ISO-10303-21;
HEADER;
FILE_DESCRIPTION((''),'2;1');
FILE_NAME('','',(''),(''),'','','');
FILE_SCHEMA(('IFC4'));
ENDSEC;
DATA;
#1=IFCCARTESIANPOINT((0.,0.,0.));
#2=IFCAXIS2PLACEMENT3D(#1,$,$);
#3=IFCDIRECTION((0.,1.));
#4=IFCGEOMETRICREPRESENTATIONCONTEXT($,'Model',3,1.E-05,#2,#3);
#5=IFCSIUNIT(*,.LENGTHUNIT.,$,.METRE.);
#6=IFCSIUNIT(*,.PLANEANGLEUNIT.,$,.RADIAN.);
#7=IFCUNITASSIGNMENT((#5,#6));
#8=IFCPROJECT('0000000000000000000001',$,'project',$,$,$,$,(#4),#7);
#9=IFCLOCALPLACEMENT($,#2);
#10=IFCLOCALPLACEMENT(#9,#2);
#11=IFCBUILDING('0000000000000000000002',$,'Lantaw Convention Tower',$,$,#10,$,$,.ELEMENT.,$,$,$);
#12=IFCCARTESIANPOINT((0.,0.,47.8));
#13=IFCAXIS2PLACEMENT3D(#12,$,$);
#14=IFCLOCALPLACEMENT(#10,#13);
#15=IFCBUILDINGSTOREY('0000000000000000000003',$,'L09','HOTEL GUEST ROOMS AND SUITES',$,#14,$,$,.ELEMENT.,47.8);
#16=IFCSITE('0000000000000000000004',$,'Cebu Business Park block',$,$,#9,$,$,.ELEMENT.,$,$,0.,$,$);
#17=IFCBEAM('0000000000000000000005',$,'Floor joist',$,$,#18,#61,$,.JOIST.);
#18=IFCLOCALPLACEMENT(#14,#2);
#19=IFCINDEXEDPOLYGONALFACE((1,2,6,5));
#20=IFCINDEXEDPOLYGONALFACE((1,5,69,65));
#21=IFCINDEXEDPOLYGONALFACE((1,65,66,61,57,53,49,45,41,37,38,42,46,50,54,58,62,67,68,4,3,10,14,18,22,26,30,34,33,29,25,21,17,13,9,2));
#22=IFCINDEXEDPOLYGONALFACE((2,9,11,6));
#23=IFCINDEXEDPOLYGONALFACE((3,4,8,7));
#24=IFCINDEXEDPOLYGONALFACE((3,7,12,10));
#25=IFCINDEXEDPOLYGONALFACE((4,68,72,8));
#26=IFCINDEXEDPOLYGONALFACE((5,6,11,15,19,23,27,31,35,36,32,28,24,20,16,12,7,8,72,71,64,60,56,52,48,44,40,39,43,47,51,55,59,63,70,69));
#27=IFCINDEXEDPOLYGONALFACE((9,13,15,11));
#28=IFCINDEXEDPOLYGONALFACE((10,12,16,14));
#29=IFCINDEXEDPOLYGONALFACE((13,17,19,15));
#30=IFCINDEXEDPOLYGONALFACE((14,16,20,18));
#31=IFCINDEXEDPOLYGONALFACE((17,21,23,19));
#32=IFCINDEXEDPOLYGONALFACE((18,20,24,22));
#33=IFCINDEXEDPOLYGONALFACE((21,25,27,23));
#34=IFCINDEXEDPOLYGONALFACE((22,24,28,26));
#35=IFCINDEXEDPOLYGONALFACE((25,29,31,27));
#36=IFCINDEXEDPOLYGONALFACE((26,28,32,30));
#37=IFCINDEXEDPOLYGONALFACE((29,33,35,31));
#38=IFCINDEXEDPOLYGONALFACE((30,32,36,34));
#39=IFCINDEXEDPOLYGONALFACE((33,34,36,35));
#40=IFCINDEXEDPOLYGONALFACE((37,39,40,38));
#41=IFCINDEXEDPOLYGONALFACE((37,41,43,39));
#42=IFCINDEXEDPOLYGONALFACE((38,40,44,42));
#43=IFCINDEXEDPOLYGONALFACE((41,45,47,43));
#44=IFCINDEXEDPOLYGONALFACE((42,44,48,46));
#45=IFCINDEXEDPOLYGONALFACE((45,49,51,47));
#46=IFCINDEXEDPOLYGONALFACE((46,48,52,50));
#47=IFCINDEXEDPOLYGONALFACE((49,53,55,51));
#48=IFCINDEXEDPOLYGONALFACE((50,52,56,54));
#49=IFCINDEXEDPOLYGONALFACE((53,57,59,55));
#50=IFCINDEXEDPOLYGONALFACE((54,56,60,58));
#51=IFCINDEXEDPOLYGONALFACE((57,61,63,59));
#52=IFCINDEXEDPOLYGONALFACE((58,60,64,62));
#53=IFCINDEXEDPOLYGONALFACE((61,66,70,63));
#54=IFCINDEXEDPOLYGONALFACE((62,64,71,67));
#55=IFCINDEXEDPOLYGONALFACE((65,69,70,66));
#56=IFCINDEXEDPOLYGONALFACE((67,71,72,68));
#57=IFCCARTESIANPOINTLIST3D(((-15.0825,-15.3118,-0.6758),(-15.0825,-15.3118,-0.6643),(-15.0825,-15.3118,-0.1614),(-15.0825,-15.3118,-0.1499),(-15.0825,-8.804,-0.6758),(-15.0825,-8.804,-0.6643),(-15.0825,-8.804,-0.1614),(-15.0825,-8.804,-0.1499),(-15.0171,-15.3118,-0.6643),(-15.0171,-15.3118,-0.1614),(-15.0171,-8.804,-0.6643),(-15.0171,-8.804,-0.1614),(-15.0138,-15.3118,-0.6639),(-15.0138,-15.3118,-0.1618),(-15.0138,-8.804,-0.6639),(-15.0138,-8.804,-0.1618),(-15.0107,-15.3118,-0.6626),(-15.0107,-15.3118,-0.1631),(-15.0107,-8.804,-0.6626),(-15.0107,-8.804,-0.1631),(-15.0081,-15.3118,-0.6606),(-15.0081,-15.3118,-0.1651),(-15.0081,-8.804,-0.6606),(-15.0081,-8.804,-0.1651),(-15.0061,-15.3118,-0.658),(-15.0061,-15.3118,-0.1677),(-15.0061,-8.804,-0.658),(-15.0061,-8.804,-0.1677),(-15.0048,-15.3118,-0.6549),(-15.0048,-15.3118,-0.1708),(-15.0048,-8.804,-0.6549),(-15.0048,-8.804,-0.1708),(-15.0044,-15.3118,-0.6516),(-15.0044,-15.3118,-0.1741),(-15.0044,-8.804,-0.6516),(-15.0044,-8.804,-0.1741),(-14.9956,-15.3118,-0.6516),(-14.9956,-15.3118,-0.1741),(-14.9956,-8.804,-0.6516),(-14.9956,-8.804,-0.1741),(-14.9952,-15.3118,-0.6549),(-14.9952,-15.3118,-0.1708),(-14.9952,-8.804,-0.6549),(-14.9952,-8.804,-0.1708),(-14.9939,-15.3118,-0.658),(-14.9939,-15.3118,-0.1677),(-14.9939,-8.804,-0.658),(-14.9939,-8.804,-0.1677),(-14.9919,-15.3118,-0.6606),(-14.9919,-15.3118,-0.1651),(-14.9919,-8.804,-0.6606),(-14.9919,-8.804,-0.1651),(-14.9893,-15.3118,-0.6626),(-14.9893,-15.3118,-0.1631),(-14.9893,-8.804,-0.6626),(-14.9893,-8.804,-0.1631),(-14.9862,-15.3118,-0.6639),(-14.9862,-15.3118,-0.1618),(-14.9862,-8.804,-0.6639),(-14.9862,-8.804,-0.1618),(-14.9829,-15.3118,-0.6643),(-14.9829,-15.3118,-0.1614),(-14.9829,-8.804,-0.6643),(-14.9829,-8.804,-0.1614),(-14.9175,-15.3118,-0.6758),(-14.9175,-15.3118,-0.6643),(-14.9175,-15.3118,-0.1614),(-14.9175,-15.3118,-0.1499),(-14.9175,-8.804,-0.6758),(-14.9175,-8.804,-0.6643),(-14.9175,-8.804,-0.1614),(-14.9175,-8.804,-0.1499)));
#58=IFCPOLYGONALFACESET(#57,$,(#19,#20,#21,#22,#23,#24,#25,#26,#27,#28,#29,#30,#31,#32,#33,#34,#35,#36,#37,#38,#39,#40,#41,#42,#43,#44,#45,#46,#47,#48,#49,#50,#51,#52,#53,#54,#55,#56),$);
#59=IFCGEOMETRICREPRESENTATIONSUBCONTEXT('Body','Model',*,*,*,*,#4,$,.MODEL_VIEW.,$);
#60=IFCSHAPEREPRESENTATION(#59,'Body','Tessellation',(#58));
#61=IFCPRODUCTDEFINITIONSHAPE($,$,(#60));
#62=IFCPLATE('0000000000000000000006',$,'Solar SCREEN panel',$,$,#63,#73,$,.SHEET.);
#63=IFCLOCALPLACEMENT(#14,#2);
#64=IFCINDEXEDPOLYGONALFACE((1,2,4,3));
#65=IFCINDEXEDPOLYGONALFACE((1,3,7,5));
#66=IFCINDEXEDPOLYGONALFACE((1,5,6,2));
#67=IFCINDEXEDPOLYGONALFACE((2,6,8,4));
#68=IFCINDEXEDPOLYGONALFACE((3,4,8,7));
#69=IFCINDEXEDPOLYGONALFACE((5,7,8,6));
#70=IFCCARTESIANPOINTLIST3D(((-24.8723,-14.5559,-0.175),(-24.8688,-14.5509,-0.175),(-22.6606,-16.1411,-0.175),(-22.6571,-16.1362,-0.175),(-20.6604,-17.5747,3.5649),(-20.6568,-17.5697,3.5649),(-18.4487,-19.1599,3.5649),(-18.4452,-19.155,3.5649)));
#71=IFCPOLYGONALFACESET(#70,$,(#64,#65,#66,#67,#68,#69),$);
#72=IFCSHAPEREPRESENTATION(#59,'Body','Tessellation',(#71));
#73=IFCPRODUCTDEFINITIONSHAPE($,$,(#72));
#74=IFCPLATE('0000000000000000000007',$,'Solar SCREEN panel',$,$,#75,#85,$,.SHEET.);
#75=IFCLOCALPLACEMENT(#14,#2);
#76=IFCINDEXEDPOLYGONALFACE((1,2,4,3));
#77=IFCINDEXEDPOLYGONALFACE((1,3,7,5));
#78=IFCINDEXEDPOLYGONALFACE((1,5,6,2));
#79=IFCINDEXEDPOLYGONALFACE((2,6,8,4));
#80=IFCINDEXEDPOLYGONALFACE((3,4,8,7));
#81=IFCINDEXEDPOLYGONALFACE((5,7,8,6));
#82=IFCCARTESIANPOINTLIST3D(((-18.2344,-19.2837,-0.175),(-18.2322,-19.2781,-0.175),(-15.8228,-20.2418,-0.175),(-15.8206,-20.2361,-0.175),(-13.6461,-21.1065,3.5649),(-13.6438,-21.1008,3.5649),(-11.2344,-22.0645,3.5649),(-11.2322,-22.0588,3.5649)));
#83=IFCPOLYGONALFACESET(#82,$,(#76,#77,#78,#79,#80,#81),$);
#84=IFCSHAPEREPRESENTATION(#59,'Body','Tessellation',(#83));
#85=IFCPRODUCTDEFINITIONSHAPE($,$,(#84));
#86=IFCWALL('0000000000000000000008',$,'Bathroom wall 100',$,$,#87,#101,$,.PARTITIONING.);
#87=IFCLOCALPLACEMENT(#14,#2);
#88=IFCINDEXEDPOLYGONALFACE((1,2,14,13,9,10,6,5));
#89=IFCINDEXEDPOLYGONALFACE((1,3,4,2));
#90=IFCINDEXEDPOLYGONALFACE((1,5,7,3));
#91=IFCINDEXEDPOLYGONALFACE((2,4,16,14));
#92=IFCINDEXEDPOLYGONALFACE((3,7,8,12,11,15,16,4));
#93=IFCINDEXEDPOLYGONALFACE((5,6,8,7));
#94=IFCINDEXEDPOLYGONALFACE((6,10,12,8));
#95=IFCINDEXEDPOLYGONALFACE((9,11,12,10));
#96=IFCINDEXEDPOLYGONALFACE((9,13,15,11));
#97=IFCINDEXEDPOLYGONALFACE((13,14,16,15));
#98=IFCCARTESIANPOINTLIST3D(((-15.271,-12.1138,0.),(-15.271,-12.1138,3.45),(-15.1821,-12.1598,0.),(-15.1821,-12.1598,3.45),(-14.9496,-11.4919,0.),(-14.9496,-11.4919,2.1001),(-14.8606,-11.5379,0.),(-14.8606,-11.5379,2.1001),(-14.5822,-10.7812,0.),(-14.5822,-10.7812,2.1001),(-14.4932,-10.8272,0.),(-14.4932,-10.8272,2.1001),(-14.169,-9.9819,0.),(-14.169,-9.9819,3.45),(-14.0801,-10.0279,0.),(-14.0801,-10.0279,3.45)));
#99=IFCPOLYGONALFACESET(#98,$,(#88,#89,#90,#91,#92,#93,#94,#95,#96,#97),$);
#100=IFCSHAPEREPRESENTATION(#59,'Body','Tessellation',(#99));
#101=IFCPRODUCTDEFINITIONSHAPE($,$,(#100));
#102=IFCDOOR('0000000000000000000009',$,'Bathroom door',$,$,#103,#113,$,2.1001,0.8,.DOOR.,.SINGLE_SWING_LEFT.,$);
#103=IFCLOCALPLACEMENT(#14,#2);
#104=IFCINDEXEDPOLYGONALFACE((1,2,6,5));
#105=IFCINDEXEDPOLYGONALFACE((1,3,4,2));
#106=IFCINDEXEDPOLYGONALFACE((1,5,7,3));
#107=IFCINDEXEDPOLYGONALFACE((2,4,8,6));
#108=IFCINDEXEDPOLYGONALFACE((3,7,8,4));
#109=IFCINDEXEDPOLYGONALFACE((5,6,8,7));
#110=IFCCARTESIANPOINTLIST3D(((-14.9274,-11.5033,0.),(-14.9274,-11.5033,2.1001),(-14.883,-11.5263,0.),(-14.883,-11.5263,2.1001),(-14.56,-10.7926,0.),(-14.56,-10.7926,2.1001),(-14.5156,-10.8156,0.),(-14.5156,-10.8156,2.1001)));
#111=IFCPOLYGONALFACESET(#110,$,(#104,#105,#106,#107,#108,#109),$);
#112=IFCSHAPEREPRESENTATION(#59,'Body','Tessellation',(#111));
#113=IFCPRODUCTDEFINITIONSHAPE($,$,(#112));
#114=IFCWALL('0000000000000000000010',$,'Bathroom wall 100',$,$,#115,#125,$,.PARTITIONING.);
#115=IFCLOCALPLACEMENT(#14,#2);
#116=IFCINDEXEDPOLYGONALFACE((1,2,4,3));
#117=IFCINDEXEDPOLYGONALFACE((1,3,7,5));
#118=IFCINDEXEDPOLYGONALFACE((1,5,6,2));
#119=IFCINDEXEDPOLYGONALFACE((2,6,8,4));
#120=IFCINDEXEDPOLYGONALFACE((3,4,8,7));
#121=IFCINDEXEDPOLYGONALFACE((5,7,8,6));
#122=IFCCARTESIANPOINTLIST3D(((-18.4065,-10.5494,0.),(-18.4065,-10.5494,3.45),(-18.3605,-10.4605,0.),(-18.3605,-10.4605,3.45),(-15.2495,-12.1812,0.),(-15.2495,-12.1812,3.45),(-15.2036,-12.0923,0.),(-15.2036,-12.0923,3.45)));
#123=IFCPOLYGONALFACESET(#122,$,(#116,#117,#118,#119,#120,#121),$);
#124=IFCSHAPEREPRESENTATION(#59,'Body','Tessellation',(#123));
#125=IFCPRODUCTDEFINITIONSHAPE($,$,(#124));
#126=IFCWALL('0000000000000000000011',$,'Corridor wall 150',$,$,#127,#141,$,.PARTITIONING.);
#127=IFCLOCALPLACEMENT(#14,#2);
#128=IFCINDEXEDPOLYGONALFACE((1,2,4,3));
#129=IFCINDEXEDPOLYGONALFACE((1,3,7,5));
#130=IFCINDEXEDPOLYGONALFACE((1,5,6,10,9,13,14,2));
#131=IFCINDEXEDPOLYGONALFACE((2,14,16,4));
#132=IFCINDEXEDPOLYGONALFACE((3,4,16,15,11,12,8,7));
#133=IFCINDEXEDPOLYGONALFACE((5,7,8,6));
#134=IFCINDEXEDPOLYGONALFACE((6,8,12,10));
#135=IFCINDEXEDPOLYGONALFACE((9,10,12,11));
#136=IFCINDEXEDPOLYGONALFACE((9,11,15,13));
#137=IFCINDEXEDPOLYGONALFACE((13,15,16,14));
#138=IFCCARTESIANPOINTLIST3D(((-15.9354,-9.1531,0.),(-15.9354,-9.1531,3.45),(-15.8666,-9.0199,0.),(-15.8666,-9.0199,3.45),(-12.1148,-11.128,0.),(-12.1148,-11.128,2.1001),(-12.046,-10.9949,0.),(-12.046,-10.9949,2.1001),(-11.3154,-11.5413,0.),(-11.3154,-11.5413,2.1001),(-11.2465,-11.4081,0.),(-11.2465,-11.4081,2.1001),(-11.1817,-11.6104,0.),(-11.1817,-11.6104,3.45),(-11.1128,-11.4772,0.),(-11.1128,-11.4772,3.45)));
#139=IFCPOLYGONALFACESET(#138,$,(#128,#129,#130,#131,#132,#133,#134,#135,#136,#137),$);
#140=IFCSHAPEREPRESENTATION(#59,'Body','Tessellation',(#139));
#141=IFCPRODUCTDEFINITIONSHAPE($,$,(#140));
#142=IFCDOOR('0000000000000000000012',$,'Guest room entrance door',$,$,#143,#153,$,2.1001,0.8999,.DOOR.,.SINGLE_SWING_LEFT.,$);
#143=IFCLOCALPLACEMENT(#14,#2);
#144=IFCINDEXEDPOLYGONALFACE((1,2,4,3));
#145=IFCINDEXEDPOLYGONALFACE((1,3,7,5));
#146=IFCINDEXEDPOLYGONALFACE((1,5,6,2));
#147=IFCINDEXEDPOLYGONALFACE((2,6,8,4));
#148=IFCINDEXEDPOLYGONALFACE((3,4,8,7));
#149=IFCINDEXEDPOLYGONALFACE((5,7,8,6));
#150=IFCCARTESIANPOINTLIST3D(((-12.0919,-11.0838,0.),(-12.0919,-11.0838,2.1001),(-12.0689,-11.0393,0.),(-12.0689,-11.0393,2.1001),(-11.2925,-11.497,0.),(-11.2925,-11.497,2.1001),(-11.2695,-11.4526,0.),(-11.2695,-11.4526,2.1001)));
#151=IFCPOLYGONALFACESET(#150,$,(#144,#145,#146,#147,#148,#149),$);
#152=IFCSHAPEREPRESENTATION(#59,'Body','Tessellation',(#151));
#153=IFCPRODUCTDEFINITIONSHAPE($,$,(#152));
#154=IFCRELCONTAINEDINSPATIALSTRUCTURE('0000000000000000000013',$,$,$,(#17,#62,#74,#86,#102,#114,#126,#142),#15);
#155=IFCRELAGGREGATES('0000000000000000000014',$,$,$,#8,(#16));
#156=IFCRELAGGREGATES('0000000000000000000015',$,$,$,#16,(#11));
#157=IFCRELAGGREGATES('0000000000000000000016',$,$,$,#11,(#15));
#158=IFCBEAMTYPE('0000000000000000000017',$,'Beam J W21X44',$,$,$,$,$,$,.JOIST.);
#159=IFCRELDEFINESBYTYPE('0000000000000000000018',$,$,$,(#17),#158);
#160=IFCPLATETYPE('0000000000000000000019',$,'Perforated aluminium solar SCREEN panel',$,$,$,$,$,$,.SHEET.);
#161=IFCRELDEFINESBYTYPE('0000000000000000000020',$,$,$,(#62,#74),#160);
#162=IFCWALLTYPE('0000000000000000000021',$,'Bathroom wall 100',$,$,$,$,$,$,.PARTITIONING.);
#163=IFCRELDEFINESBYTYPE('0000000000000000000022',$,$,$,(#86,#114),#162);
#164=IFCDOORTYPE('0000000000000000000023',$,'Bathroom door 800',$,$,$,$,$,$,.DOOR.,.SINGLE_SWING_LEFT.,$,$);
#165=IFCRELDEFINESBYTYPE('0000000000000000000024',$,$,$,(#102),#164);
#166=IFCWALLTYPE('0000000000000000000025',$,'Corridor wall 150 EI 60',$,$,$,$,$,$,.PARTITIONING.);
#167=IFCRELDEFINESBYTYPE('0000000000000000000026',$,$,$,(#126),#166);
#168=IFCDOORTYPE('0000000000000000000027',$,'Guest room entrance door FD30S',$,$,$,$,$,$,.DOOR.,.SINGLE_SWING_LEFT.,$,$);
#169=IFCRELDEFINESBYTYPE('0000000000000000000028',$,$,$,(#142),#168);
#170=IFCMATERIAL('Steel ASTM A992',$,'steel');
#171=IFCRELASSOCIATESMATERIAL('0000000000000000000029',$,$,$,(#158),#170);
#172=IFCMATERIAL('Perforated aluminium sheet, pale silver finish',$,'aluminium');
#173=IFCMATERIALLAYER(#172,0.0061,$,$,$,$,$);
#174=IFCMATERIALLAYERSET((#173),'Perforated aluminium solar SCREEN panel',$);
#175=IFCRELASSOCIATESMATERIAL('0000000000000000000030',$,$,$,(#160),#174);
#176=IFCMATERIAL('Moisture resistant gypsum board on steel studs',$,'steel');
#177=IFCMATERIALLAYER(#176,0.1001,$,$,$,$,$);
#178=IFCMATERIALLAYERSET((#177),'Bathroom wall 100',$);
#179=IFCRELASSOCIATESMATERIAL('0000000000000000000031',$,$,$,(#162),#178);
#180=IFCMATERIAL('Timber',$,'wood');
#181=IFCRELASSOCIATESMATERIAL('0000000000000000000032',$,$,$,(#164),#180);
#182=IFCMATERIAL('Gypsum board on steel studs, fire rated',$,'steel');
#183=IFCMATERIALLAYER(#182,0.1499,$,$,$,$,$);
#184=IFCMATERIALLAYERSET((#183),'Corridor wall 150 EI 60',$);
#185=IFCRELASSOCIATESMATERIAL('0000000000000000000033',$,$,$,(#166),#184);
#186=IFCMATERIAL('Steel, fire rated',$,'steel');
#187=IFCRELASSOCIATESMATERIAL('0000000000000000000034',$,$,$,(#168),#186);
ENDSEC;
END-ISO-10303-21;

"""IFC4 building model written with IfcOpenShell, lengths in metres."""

from ifc_helpers import new_model, si_unit, direction, frame, frame_2d, origin, origin_2d, place, context, subcontext, project, spatial, polyline, rectangle, i_section, outline, extrude, material, layer, layer_set, material_profile, profile_set, type_object, element, fill, save


model = new_model("IFC4")

# Units and contexts
model_context = context("Model", 3, precision=1e-05, world=origin(), true_north=direction((0.0, 1.0)))
body_context = subcontext(model_context, "Body", "Model", "MODEL_VIEW")
ifc_project = project(units=[si_unit("LENGTHUNIT", "METRE"), si_unit("PLANEANGLEUNIT", "RADIAN")], contexts=[model_context])

# Site, building, storey
site_placement = place(None, origin())
site = spatial("IfcSite", under=ifc_project, at=site_placement, Name="Cebu Business Park block", CompositionType="ELEMENT", RefElevation=0.0)
building_placement = place(site_placement, origin())
building = spatial("IfcBuilding", under=site, at=building_placement, Name="Lantaw Convention Tower", CompositionType="ELEMENT")
storey_placement = place(building_placement, frame((0.0, 0.0, 47.8)))
storey = spatial("IfcBuildingStorey", under=building, at=storey_placement, Name="L09", Description="HOTEL GUEST ROOMS AND SUITES", CompositionType="ELEMENT", Elevation=47.8)

# Beam
ifc_material_1 = material(Name="Steel ASTM A992", Category="steel")
ifc_material_profile_1 = material_profile(ifc_material_1, i_section(OverallWidth=0.165, OverallDepth=0.5259, WebThickness=0.0088, FlangeThickness=0.0115, FilletRadius=0.0127, at=origin_2d()), Name="W21X44")
ifc_profile_set_1 = profile_set([ifc_material_profile_1], Name="Steel ASTM A992")
beam_type_1 = type_object("IfcBeamType", Name="Beam J W21X44", PredefinedType="JOIST", material=ifc_profile_set_1)
beam_1_placement = place(storey_placement, frame((-15.0, -15.3118, -0.4128), z_axis=(0.0, 1.0, 0.0), x_axis=(-1.0, 0.0, 0.0)))
element("IfcBeam", 1, at=beam_1_placement, inside=storey, type_object=beam_type_1, Name="Floor joist", PredefinedType="JOIST", context=body_context, shape_type="SweptSolid", body=[
    extrude(i_section(OverallWidth=0.165, OverallDepth=0.5259, WebThickness=0.0088, FlangeThickness=0.0115, FilletRadius=0.0127, at=origin_2d()), origin(), (0.0, 0.0, 1.0), 6.5078),
])

# Plates
ifc_material_2 = material(Name="Perforated aluminium sheet, pale silver finish", Category="aluminium")
ifc_layer_1 = layer(ifc_material_2, 0.0061)
ifc_layer_set_1 = layer_set([ifc_layer_1], Name="Perforated aluminium solar SCREEN panel")
plate_type = type_object("IfcPlateType", Name="Perforated aluminium solar SCREEN panel", PredefinedType="SHEET", material=ifc_layer_set_1)
plate_1_placement = place(storey_placement, frame((-24.8723, -14.5559, -0.175), z_axis=(-0.582561, -0.812787, 0.000016), x_axis=(0.812787, -0.582561, 0.0)))
element("IfcPlate", 2, at=plate_1_placement, inside=storey, type_object=plate_type, Name="Solar SCREEN panel", PredefinedType="SHEET", context=body_context, shape_type="SweptSolid", body=[
    extrude(outline(polyline([(0.0, 0.0), (2.7211, 0.0), (7.9031, 3.74), (5.182, 3.74), (0.0, 0.0)])), origin(), (0.0, 0.0, -1.0), 0.0061),
])
plate_2_placement = place(storey_placement, frame((-18.2322, -19.2781, -0.175), z_axis=(0.369184, 0.929357, 0.000009), x_axis=(0.929357, -0.369184, 0.0)))
element("IfcPlate", 3, at=plate_2_placement, inside=storey, type_object=plate_type, Name="Solar SCREEN panel", PredefinedType="SHEET", context=body_context, shape_type="SweptSolid", body=[
    extrude(outline(polyline([(0.0, 0.0), (2.5949, 0.0), (7.5321, -3.74), (4.9372, -3.74), (0.0, 0.0)])), origin(), (0.0, 0.0, -1.0), 0.0061),
])

# Wall, opening, door
ifc_material_3 = material(Name="Moisture resistant gypsum board on steel studs", Category="steel")
ifc_layer_2 = layer(ifc_material_3, 0.1001)
ifc_layer_set_2 = layer_set([ifc_layer_2], Name="Bathroom wall 100")
wall_type_1 = type_object("IfcWallType", Name="Bathroom wall 100", PredefinedType="PARTITIONING", material=ifc_layer_set_2)
wall_1_placement = place(storey_placement, frame((-14.1245, -10.0049, 0.0), z_axis=(0.0, 0.0, 1.0), x_axis=(-0.459218, -0.888324, 0.0)))
wall_1 = element("IfcWall", 4, at=wall_1_placement, inside=storey, type_object=wall_type_1, Name="Bathroom wall 100", PredefinedType="PARTITIONING", context=body_context, shape_type="SweptSolid", body=[
    extrude(rectangle(XDim=2.3999, YDim=0.1001, at=frame_2d((1.2, 0.0))), origin(), (0.0, 0.0, 1.0), 3.45),
])
opening_1_placement = place(wall_1_placement, frame((0.8999, 0.0, 0.0)))
opening_1 = element("IfcOpeningElement", 5, at=opening_1_placement, cuts=wall_1, PredefinedType="OPENING", context=body_context, shape_type="SweptSolid", body=[
    extrude(rectangle(XDim=0.8, YDim=2.1001, at=frame_2d((0.3999, 1.05))), frame((0.0, 0.0601, 0.0), z_axis=(0.0, -1.0, 0.0), x_axis=(1.0, 0.0, 0.0)), (0.0, 0.0, 1.0), 0.1201),
])
ifc_material_4 = material(Name="Timber", Category="wood")
door_type_1 = type_object("IfcDoorType", Name="Bathroom door 800", OperationType="SINGLE_SWING_LEFT", PredefinedType="DOOR", material=ifc_material_4)
door_1_placement = place(opening_1_placement, origin())
door_1 = element("IfcDoor", 6, at=door_1_placement, inside=storey, type_object=door_type_1, Name="Bathroom door", OperationType="SINGLE_SWING_LEFT", OverallHeight=2.1001, OverallWidth=0.8, PredefinedType="DOOR", context=body_context, shape_type="SweptSolid", body=[
    extrude(rectangle(XDim=0.8, YDim=2.1001, at=frame_2d((0.3999, 1.05))), frame((0.0, 0.0249, 0.0), z_axis=(0.0, -1.0, 0.0), x_axis=(1.0, 0.0, 0.0)), (0.0, 0.0, 1.0), 0.05),
])
fill(opening_1, door_1)

# Wall
wall_2_placement = place(storey_placement, frame((-15.2266, -12.1367, 0.0), z_axis=(0.0, 0.0, 1.0), x_axis=(-0.888342, 0.459182, 0.0)))
element("IfcWall", 7, at=wall_2_placement, inside=storey, type_object=wall_type_1, Name="Bathroom wall 100", PredefinedType="PARTITIONING", context=body_context, shape_type="SweptSolid", body=[
    extrude(rectangle(XDim=3.5537, YDim=0.1001, at=frame_2d((1.7769, 0.0))), origin(), (0.0, 0.0, 1.0), 3.45),
])

# Wall, opening, door
ifc_material_5 = material(Name="Gypsum board on steel studs, fire rated", Category="steel")
ifc_layer_3 = layer(ifc_material_5, 0.1499)
ifc_layer_set_3 = layer_set([ifc_layer_3], Name="Corridor wall 150 EI 60")
wall_type_2 = type_object("IfcWallType", Name="Corridor wall 150 EI 60", PredefinedType="PARTITIONING", material=ifc_layer_set_3)
wall_3_placement = place(storey_placement, frame((-15.9011, -9.0864, 0.0), z_axis=(0.0, 0.0, 1.0), x_axis=(0.888333, -0.459199, 0.0)))
wall_3 = element("IfcWall", 8, at=wall_3_placement, inside=storey, type_object=wall_type_2, Name="Corridor wall 150", PredefinedType="PARTITIONING", context=body_context, shape_type="SweptSolid", body=[
    extrude(rectangle(XDim=5.3513, YDim=0.1499, at=frame_2d((2.6758, 0.0))), origin(), (0.0, 0.0, 1.0), 3.45),
])
opening_2_placement = place(wall_3_placement, frame((4.301, 0.0, 0.0)))
opening_2 = element("IfcOpeningElement", 9, at=opening_2_placement, cuts=wall_3, PredefinedType="OPENING", context=body_context, shape_type="SweptSolid", body=[
    extrude(rectangle(XDim=0.8999, YDim=2.1001, at=frame_2d((0.45, 1.05))), frame((0.0, 0.085, 0.0), z_axis=(0.0, -1.0, 0.0), x_axis=(1.0, 0.0, 0.0)), (0.0, 0.0, 1.0), 0.1699),
])
ifc_material_6 = material(Name="Steel, fire rated", Category="steel")
door_type_2 = type_object("IfcDoorType", Name="Guest room entrance door FD30S", OperationType="SINGLE_SWING_LEFT", PredefinedType="DOOR", material=ifc_material_6)
door_2_placement = place(opening_2_placement, origin())
door_2 = element("IfcDoor", 10, at=door_2_placement, inside=storey, type_object=door_type_2, Name="Guest room entrance door", OperationType="SINGLE_SWING_LEFT", OverallHeight=2.1001, OverallWidth=0.8999, PredefinedType="DOOR", context=body_context, shape_type="SweptSolid", body=[
    extrude(rectangle(XDim=0.8999, YDim=2.1001, at=frame_2d((0.45, 1.05))), frame((0.0, 0.0249, 0.0), z_axis=(0.0, -1.0, 0.0), x_axis=(1.0, 0.0, 0.0)), (0.0, 0.0, 1.0), 0.05),
])
fill(opening_2, door_2)

save(model, "model.ifc")
